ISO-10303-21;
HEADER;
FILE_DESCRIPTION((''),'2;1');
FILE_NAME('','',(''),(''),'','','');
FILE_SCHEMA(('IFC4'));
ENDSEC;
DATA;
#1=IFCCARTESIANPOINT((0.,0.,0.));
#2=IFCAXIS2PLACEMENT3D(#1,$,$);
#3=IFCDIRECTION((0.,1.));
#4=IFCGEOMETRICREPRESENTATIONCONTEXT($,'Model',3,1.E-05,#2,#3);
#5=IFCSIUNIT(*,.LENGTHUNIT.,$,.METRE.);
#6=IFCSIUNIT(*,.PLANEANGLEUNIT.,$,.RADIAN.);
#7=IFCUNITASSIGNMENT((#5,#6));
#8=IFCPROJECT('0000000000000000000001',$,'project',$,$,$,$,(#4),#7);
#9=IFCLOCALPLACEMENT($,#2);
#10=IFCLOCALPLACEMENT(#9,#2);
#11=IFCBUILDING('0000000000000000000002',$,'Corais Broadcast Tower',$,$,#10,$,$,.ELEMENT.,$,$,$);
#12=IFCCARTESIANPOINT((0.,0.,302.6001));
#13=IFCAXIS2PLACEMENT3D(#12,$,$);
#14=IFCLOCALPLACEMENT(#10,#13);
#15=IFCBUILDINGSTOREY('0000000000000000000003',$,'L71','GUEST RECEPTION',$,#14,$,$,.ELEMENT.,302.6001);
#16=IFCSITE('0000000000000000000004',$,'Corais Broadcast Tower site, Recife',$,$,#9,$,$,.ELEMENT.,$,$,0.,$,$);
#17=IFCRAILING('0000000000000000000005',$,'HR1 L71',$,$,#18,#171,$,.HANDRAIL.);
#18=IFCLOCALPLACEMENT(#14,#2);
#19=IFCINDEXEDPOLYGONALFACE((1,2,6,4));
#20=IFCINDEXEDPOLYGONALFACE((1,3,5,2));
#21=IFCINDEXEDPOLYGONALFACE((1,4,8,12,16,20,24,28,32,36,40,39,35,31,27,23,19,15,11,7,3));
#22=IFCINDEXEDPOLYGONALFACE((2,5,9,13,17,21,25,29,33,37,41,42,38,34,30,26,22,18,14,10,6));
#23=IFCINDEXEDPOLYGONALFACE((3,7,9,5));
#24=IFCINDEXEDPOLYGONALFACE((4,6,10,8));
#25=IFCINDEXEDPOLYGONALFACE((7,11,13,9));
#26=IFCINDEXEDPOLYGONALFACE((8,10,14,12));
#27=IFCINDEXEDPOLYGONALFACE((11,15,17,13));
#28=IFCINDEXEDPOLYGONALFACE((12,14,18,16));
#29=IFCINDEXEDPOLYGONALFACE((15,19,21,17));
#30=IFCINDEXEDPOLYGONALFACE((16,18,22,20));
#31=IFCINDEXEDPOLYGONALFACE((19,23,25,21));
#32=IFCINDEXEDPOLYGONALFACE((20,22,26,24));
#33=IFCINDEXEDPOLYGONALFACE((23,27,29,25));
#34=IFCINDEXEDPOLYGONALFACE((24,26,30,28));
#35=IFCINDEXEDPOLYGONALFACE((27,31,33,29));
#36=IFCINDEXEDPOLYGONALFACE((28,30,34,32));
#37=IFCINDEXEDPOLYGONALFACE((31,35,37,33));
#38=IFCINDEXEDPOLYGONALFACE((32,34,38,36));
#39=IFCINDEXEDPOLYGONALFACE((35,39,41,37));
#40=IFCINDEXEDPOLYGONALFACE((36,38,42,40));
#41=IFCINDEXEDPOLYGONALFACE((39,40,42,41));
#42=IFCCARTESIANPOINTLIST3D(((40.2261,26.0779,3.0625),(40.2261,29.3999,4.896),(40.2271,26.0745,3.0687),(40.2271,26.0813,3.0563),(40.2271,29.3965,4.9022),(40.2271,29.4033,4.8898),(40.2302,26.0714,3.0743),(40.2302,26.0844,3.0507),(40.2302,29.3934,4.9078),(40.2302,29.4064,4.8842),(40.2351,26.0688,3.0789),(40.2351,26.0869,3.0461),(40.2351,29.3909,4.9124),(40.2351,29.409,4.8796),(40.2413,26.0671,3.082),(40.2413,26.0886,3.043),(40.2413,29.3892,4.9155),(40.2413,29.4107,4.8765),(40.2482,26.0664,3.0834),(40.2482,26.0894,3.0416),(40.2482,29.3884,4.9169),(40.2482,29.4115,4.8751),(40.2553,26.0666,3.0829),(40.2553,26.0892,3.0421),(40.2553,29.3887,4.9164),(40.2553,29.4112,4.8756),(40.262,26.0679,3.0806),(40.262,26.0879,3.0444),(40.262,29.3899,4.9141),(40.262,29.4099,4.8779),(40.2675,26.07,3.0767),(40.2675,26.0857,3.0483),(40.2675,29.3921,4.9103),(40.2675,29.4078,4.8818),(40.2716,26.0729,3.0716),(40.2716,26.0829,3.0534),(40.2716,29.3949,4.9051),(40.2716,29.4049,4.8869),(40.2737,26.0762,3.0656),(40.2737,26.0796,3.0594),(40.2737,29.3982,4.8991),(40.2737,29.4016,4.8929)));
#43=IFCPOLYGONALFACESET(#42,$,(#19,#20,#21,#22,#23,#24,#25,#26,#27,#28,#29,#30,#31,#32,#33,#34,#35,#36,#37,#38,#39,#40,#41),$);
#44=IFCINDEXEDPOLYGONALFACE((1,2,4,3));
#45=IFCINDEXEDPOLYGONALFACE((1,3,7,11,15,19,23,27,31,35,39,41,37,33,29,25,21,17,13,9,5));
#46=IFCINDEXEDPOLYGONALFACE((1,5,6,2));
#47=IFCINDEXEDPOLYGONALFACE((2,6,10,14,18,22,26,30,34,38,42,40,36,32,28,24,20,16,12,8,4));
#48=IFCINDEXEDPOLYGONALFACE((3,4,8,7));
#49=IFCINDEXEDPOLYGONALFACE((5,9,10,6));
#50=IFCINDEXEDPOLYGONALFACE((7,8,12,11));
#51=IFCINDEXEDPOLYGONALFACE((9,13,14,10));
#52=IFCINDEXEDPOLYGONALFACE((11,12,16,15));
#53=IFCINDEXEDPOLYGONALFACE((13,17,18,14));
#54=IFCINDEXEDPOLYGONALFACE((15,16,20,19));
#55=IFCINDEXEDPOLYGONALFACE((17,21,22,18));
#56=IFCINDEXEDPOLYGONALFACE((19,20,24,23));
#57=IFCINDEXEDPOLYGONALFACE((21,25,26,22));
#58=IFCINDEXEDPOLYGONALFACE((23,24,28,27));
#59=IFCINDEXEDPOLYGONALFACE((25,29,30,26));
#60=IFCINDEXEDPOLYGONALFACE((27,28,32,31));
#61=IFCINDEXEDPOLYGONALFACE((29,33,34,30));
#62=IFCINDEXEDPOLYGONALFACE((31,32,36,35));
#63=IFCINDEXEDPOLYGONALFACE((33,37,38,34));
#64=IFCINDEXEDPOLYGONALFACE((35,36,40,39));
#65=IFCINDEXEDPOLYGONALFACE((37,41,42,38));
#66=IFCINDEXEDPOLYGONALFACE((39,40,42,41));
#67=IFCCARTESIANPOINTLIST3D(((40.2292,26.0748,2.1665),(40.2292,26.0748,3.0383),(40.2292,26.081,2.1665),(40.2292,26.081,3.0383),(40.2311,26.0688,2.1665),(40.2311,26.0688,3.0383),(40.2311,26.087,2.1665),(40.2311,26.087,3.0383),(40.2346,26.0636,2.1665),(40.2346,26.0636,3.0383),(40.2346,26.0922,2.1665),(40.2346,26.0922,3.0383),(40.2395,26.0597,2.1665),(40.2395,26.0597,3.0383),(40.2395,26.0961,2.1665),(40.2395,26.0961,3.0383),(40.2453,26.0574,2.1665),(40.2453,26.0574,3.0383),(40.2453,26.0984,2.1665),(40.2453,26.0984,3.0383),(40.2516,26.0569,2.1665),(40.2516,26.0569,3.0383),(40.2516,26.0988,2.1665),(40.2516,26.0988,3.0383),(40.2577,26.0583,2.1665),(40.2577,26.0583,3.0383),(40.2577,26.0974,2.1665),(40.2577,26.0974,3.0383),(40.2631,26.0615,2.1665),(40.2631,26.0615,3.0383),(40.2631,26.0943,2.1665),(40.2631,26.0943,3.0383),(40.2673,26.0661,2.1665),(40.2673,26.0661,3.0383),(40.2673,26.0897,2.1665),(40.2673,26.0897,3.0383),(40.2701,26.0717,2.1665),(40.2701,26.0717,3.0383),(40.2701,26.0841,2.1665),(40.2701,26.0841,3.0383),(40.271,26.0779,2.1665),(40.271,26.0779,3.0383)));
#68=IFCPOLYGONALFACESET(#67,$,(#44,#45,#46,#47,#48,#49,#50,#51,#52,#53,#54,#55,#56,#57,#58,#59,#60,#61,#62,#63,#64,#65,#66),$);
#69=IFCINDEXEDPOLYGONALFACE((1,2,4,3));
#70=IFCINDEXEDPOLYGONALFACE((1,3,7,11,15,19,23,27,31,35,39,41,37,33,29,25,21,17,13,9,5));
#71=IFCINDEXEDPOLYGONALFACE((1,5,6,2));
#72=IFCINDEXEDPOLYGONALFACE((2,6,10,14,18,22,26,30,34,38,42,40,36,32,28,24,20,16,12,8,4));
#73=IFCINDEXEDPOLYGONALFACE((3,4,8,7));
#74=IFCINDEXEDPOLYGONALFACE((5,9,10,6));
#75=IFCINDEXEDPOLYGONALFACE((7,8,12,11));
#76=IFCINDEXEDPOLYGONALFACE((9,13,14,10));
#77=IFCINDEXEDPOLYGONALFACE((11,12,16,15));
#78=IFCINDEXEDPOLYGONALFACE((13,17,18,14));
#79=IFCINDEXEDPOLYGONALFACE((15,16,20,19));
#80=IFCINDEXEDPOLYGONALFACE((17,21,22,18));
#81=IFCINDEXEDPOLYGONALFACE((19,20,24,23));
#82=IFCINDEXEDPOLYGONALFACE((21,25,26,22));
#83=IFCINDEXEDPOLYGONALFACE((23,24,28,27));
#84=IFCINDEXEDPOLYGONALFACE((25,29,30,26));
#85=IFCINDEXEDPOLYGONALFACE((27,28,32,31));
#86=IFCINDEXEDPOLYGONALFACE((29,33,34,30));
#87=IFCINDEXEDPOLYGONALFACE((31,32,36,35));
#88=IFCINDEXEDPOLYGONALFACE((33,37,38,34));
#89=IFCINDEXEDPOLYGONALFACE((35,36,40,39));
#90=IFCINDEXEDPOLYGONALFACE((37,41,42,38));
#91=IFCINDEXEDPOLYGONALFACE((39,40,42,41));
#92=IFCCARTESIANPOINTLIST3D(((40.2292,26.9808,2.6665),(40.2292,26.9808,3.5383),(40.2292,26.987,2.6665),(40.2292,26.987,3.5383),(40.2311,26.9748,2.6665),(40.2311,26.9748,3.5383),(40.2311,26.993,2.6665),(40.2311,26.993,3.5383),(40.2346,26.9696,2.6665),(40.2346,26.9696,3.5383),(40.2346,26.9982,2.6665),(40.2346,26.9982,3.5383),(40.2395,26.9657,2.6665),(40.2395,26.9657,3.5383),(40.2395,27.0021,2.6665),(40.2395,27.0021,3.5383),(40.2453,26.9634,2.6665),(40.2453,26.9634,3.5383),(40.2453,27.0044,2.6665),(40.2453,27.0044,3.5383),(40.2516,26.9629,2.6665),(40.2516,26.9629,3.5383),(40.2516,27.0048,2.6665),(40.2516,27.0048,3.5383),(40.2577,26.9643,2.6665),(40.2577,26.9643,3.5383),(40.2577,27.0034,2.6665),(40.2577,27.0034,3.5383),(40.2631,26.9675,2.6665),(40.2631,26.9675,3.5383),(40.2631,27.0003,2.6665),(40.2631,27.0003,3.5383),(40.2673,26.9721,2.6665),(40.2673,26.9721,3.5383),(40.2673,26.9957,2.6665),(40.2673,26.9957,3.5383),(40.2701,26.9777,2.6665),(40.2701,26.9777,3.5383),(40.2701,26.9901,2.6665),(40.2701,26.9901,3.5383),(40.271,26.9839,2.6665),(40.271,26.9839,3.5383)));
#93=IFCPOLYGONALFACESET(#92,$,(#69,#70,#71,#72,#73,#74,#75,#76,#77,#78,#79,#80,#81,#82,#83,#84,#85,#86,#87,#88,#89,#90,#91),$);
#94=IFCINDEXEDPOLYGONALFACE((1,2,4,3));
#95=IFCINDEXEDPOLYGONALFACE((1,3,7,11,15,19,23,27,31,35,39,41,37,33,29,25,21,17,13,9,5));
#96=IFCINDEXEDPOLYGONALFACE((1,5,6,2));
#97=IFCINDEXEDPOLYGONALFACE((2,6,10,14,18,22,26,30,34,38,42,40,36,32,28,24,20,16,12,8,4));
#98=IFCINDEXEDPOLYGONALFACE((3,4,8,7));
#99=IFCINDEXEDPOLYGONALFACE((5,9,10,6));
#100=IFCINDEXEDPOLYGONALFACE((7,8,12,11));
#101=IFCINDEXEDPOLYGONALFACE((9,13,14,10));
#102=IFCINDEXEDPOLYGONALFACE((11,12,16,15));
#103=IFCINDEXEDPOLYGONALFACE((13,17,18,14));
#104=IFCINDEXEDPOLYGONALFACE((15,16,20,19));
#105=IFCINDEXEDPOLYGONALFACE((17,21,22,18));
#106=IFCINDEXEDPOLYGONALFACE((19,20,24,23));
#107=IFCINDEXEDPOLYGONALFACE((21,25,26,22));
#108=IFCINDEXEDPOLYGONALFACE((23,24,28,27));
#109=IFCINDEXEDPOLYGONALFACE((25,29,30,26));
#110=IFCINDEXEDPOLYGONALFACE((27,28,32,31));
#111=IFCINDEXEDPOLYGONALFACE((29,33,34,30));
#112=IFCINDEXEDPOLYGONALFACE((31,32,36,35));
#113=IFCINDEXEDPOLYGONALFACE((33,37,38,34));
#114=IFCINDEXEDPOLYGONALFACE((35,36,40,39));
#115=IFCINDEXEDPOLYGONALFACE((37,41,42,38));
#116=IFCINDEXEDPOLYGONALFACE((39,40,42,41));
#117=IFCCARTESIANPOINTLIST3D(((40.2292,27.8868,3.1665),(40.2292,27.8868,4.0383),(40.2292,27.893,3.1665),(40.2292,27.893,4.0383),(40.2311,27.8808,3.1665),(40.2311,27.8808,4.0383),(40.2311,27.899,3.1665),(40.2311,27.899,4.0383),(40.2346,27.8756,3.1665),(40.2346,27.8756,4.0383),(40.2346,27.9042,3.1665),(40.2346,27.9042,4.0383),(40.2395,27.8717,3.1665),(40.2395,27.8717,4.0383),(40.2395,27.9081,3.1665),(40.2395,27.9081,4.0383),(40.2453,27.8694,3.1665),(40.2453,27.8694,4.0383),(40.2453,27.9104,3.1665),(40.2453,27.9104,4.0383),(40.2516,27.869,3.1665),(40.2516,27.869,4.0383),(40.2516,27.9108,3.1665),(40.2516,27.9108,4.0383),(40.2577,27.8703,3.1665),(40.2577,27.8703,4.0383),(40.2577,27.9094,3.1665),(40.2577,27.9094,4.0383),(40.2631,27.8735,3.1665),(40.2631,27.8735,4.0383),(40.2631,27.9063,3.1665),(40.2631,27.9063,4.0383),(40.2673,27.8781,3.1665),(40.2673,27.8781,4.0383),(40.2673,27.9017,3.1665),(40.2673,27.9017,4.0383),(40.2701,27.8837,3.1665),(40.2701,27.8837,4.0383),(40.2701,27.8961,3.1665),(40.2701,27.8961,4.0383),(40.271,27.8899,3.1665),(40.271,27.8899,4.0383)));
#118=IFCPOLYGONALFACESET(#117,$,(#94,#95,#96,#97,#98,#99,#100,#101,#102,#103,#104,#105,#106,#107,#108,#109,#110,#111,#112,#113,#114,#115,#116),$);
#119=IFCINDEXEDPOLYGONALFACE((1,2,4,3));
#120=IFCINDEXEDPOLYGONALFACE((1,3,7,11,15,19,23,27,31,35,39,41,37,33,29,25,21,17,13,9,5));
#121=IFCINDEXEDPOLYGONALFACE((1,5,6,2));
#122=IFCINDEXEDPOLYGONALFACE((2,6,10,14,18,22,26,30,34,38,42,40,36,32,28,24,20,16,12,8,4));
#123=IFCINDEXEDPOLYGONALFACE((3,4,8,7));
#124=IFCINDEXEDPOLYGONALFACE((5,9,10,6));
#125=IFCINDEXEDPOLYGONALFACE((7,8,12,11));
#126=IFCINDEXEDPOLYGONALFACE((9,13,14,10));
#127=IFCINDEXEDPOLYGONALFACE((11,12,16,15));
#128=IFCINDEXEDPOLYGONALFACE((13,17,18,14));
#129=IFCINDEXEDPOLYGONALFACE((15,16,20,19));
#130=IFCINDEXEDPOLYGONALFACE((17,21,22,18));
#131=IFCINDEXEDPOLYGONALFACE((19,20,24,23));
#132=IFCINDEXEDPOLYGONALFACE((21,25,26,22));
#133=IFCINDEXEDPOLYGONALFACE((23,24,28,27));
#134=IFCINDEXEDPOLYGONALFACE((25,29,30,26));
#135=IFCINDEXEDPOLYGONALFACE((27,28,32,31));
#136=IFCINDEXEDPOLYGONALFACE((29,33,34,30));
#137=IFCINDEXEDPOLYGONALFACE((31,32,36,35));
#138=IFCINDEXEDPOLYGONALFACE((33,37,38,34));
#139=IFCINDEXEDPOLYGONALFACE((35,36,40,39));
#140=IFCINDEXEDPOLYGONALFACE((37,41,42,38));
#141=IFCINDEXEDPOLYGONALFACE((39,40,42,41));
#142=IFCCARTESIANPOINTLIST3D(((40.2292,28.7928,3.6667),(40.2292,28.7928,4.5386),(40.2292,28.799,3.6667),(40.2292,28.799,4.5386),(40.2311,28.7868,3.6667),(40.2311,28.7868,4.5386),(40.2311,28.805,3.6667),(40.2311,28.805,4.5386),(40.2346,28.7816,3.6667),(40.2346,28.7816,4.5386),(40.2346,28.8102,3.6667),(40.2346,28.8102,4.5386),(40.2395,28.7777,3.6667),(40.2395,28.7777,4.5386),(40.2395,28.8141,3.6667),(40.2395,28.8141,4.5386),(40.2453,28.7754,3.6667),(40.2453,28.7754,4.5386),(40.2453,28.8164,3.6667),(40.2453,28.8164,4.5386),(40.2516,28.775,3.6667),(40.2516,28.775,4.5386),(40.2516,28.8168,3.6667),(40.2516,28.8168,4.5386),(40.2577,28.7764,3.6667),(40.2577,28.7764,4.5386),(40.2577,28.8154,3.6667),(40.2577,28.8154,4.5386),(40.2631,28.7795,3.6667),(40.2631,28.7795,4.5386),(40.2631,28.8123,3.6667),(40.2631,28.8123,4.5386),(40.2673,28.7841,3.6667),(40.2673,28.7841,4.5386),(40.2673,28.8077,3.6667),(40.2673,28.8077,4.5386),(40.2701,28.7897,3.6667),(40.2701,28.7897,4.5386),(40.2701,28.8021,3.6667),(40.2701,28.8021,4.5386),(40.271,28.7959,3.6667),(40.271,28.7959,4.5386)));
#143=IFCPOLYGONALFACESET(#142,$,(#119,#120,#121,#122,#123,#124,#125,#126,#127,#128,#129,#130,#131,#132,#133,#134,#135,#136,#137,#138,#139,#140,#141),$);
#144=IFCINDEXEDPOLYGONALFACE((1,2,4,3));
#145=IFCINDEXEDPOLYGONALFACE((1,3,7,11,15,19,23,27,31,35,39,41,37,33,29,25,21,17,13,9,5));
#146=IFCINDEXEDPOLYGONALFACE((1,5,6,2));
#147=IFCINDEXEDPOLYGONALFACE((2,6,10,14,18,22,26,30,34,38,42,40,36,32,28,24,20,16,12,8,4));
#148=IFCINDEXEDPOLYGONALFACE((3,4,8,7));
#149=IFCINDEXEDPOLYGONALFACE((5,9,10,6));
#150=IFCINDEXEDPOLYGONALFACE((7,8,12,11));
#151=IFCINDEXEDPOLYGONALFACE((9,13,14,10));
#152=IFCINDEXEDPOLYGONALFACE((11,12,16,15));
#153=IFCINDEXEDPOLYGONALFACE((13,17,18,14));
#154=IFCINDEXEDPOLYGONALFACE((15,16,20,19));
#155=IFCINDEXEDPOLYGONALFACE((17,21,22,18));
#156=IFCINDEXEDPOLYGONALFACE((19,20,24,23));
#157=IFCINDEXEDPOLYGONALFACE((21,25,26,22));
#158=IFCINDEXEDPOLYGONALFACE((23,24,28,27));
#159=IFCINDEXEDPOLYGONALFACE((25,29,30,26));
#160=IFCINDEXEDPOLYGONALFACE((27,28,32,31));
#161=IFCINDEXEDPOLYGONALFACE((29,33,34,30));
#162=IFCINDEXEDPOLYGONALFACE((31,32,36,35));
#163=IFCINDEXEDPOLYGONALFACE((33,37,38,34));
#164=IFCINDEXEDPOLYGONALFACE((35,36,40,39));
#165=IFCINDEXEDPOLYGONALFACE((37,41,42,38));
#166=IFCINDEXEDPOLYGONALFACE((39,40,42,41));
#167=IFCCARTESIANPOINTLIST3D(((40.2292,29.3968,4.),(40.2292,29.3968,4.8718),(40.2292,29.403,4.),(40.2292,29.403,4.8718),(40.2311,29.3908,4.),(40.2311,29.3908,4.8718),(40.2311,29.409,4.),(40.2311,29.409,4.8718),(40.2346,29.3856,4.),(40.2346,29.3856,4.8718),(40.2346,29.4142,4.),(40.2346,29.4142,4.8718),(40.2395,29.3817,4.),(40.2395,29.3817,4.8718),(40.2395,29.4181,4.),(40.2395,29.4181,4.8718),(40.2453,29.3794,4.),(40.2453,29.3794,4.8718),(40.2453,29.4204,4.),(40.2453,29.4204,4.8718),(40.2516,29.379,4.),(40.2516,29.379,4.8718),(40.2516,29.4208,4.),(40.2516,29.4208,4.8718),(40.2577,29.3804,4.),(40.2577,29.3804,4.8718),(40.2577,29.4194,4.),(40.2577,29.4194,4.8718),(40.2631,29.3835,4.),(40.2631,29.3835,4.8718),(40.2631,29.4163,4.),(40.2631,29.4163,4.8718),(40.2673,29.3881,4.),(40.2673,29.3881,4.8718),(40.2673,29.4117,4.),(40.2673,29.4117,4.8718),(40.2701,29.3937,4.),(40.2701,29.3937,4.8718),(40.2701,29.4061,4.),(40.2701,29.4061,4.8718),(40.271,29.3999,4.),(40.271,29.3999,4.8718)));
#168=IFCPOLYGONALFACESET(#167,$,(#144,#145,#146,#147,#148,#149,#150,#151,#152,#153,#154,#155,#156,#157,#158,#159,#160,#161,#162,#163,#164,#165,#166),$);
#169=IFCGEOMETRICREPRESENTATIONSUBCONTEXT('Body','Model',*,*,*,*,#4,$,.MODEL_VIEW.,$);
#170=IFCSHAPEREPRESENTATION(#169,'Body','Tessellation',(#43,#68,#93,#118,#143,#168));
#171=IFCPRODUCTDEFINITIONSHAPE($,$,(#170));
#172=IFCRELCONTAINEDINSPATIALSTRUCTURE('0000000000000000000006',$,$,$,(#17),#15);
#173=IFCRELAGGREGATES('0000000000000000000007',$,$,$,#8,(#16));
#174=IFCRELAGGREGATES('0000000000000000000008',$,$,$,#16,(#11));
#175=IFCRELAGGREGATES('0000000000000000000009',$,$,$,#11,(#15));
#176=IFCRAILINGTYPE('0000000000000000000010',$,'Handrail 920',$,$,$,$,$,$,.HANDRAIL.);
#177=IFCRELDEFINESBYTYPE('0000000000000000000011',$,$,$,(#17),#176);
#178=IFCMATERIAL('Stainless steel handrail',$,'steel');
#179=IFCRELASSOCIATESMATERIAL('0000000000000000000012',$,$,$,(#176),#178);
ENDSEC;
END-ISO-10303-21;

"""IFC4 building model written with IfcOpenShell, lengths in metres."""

from ifc_helpers import new_model, si_unit, direction, frame, origin, origin_2d, place, context, subcontext, project, spatial, circle, extrude, material, type_object, element, save


model = new_model("IFC4")

# Units and contexts
model_context = context("Model", 3, precision=1e-05, world=origin(), true_north=direction((0.0, 1.0)))
body_context = subcontext(model_context, "Body", "Model", "MODEL_VIEW")
ifc_project = project(units=[si_unit("LENGTHUNIT", "METRE"), si_unit("PLANEANGLEUNIT", "RADIAN")], contexts=[model_context])

# Site, building, storey
site_placement = place(None, origin())
site = spatial("IfcSite", under=ifc_project, at=site_placement, Name="Corais Broadcast Tower site, Recife", CompositionType="ELEMENT", RefElevation=0.0)
building_placement = place(site_placement, origin())
building = spatial("IfcBuilding", under=site, at=building_placement, Name="Corais Broadcast Tower", CompositionType="ELEMENT")
storey_placement = place(building_placement, frame((0.0, 0.0, 302.6001)))
storey = spatial("IfcBuildingStorey", under=building, at=storey_placement, Name="L71", Description="GUEST RECEPTION", CompositionType="ELEMENT", Elevation=302.6001)

# Railing
ifc_material_1 = material(Name="Stainless steel handrail", Category="steel")
railing_type = type_object("IfcRailingType", Name="Handrail 920", PredefinedType="HANDRAIL", material=ifc_material_1)
for number, where, name in (
    (1, (40.25, 26.0779, 2.1665), "HR1 L71"),
):
    element("IfcRailing", number, at=place(storey_placement, frame(where)), inside=storey, type_object=railing_type, Name=name, PredefinedType="HANDRAIL", context=body_context, shape_type="SweptSolid", body=[
        extrude(circle(Radius=0.0239, at=origin_2d()), frame((0.0, 0.0, 0.896), z_axis=(0.0, 0.875504, 0.48321), x_axis=(-1.0, 0.0, 0.0)), (0.0, 0.0, 1.0), 3.7944),
        extrude(circle(Radius=0.021, at=origin_2d()), origin(), (0.0, 0.0, 1.0), 0.8718),
        extrude(circle(Radius=0.021, at=origin_2d()), frame((0.0, 0.906, 0.5)), (0.0, 0.0, 1.0), 0.8718),
        extrude(circle(Radius=0.021, at=origin_2d()), frame((0.0, 1.812, 1.0)), (0.0, 0.0, 1.0), 0.8718),
        extrude(circle(Radius=0.021, at=origin_2d()), frame((0.0, 2.718, 1.5002)), (0.0, 0.0, 1.0), 0.8718),
        extrude(circle(Radius=0.021, at=origin_2d()), frame((0.0, 3.322, 1.8335)), (0.0, 0.0, 1.0), 0.8718),
    ])

save(model, "model.ifc")
